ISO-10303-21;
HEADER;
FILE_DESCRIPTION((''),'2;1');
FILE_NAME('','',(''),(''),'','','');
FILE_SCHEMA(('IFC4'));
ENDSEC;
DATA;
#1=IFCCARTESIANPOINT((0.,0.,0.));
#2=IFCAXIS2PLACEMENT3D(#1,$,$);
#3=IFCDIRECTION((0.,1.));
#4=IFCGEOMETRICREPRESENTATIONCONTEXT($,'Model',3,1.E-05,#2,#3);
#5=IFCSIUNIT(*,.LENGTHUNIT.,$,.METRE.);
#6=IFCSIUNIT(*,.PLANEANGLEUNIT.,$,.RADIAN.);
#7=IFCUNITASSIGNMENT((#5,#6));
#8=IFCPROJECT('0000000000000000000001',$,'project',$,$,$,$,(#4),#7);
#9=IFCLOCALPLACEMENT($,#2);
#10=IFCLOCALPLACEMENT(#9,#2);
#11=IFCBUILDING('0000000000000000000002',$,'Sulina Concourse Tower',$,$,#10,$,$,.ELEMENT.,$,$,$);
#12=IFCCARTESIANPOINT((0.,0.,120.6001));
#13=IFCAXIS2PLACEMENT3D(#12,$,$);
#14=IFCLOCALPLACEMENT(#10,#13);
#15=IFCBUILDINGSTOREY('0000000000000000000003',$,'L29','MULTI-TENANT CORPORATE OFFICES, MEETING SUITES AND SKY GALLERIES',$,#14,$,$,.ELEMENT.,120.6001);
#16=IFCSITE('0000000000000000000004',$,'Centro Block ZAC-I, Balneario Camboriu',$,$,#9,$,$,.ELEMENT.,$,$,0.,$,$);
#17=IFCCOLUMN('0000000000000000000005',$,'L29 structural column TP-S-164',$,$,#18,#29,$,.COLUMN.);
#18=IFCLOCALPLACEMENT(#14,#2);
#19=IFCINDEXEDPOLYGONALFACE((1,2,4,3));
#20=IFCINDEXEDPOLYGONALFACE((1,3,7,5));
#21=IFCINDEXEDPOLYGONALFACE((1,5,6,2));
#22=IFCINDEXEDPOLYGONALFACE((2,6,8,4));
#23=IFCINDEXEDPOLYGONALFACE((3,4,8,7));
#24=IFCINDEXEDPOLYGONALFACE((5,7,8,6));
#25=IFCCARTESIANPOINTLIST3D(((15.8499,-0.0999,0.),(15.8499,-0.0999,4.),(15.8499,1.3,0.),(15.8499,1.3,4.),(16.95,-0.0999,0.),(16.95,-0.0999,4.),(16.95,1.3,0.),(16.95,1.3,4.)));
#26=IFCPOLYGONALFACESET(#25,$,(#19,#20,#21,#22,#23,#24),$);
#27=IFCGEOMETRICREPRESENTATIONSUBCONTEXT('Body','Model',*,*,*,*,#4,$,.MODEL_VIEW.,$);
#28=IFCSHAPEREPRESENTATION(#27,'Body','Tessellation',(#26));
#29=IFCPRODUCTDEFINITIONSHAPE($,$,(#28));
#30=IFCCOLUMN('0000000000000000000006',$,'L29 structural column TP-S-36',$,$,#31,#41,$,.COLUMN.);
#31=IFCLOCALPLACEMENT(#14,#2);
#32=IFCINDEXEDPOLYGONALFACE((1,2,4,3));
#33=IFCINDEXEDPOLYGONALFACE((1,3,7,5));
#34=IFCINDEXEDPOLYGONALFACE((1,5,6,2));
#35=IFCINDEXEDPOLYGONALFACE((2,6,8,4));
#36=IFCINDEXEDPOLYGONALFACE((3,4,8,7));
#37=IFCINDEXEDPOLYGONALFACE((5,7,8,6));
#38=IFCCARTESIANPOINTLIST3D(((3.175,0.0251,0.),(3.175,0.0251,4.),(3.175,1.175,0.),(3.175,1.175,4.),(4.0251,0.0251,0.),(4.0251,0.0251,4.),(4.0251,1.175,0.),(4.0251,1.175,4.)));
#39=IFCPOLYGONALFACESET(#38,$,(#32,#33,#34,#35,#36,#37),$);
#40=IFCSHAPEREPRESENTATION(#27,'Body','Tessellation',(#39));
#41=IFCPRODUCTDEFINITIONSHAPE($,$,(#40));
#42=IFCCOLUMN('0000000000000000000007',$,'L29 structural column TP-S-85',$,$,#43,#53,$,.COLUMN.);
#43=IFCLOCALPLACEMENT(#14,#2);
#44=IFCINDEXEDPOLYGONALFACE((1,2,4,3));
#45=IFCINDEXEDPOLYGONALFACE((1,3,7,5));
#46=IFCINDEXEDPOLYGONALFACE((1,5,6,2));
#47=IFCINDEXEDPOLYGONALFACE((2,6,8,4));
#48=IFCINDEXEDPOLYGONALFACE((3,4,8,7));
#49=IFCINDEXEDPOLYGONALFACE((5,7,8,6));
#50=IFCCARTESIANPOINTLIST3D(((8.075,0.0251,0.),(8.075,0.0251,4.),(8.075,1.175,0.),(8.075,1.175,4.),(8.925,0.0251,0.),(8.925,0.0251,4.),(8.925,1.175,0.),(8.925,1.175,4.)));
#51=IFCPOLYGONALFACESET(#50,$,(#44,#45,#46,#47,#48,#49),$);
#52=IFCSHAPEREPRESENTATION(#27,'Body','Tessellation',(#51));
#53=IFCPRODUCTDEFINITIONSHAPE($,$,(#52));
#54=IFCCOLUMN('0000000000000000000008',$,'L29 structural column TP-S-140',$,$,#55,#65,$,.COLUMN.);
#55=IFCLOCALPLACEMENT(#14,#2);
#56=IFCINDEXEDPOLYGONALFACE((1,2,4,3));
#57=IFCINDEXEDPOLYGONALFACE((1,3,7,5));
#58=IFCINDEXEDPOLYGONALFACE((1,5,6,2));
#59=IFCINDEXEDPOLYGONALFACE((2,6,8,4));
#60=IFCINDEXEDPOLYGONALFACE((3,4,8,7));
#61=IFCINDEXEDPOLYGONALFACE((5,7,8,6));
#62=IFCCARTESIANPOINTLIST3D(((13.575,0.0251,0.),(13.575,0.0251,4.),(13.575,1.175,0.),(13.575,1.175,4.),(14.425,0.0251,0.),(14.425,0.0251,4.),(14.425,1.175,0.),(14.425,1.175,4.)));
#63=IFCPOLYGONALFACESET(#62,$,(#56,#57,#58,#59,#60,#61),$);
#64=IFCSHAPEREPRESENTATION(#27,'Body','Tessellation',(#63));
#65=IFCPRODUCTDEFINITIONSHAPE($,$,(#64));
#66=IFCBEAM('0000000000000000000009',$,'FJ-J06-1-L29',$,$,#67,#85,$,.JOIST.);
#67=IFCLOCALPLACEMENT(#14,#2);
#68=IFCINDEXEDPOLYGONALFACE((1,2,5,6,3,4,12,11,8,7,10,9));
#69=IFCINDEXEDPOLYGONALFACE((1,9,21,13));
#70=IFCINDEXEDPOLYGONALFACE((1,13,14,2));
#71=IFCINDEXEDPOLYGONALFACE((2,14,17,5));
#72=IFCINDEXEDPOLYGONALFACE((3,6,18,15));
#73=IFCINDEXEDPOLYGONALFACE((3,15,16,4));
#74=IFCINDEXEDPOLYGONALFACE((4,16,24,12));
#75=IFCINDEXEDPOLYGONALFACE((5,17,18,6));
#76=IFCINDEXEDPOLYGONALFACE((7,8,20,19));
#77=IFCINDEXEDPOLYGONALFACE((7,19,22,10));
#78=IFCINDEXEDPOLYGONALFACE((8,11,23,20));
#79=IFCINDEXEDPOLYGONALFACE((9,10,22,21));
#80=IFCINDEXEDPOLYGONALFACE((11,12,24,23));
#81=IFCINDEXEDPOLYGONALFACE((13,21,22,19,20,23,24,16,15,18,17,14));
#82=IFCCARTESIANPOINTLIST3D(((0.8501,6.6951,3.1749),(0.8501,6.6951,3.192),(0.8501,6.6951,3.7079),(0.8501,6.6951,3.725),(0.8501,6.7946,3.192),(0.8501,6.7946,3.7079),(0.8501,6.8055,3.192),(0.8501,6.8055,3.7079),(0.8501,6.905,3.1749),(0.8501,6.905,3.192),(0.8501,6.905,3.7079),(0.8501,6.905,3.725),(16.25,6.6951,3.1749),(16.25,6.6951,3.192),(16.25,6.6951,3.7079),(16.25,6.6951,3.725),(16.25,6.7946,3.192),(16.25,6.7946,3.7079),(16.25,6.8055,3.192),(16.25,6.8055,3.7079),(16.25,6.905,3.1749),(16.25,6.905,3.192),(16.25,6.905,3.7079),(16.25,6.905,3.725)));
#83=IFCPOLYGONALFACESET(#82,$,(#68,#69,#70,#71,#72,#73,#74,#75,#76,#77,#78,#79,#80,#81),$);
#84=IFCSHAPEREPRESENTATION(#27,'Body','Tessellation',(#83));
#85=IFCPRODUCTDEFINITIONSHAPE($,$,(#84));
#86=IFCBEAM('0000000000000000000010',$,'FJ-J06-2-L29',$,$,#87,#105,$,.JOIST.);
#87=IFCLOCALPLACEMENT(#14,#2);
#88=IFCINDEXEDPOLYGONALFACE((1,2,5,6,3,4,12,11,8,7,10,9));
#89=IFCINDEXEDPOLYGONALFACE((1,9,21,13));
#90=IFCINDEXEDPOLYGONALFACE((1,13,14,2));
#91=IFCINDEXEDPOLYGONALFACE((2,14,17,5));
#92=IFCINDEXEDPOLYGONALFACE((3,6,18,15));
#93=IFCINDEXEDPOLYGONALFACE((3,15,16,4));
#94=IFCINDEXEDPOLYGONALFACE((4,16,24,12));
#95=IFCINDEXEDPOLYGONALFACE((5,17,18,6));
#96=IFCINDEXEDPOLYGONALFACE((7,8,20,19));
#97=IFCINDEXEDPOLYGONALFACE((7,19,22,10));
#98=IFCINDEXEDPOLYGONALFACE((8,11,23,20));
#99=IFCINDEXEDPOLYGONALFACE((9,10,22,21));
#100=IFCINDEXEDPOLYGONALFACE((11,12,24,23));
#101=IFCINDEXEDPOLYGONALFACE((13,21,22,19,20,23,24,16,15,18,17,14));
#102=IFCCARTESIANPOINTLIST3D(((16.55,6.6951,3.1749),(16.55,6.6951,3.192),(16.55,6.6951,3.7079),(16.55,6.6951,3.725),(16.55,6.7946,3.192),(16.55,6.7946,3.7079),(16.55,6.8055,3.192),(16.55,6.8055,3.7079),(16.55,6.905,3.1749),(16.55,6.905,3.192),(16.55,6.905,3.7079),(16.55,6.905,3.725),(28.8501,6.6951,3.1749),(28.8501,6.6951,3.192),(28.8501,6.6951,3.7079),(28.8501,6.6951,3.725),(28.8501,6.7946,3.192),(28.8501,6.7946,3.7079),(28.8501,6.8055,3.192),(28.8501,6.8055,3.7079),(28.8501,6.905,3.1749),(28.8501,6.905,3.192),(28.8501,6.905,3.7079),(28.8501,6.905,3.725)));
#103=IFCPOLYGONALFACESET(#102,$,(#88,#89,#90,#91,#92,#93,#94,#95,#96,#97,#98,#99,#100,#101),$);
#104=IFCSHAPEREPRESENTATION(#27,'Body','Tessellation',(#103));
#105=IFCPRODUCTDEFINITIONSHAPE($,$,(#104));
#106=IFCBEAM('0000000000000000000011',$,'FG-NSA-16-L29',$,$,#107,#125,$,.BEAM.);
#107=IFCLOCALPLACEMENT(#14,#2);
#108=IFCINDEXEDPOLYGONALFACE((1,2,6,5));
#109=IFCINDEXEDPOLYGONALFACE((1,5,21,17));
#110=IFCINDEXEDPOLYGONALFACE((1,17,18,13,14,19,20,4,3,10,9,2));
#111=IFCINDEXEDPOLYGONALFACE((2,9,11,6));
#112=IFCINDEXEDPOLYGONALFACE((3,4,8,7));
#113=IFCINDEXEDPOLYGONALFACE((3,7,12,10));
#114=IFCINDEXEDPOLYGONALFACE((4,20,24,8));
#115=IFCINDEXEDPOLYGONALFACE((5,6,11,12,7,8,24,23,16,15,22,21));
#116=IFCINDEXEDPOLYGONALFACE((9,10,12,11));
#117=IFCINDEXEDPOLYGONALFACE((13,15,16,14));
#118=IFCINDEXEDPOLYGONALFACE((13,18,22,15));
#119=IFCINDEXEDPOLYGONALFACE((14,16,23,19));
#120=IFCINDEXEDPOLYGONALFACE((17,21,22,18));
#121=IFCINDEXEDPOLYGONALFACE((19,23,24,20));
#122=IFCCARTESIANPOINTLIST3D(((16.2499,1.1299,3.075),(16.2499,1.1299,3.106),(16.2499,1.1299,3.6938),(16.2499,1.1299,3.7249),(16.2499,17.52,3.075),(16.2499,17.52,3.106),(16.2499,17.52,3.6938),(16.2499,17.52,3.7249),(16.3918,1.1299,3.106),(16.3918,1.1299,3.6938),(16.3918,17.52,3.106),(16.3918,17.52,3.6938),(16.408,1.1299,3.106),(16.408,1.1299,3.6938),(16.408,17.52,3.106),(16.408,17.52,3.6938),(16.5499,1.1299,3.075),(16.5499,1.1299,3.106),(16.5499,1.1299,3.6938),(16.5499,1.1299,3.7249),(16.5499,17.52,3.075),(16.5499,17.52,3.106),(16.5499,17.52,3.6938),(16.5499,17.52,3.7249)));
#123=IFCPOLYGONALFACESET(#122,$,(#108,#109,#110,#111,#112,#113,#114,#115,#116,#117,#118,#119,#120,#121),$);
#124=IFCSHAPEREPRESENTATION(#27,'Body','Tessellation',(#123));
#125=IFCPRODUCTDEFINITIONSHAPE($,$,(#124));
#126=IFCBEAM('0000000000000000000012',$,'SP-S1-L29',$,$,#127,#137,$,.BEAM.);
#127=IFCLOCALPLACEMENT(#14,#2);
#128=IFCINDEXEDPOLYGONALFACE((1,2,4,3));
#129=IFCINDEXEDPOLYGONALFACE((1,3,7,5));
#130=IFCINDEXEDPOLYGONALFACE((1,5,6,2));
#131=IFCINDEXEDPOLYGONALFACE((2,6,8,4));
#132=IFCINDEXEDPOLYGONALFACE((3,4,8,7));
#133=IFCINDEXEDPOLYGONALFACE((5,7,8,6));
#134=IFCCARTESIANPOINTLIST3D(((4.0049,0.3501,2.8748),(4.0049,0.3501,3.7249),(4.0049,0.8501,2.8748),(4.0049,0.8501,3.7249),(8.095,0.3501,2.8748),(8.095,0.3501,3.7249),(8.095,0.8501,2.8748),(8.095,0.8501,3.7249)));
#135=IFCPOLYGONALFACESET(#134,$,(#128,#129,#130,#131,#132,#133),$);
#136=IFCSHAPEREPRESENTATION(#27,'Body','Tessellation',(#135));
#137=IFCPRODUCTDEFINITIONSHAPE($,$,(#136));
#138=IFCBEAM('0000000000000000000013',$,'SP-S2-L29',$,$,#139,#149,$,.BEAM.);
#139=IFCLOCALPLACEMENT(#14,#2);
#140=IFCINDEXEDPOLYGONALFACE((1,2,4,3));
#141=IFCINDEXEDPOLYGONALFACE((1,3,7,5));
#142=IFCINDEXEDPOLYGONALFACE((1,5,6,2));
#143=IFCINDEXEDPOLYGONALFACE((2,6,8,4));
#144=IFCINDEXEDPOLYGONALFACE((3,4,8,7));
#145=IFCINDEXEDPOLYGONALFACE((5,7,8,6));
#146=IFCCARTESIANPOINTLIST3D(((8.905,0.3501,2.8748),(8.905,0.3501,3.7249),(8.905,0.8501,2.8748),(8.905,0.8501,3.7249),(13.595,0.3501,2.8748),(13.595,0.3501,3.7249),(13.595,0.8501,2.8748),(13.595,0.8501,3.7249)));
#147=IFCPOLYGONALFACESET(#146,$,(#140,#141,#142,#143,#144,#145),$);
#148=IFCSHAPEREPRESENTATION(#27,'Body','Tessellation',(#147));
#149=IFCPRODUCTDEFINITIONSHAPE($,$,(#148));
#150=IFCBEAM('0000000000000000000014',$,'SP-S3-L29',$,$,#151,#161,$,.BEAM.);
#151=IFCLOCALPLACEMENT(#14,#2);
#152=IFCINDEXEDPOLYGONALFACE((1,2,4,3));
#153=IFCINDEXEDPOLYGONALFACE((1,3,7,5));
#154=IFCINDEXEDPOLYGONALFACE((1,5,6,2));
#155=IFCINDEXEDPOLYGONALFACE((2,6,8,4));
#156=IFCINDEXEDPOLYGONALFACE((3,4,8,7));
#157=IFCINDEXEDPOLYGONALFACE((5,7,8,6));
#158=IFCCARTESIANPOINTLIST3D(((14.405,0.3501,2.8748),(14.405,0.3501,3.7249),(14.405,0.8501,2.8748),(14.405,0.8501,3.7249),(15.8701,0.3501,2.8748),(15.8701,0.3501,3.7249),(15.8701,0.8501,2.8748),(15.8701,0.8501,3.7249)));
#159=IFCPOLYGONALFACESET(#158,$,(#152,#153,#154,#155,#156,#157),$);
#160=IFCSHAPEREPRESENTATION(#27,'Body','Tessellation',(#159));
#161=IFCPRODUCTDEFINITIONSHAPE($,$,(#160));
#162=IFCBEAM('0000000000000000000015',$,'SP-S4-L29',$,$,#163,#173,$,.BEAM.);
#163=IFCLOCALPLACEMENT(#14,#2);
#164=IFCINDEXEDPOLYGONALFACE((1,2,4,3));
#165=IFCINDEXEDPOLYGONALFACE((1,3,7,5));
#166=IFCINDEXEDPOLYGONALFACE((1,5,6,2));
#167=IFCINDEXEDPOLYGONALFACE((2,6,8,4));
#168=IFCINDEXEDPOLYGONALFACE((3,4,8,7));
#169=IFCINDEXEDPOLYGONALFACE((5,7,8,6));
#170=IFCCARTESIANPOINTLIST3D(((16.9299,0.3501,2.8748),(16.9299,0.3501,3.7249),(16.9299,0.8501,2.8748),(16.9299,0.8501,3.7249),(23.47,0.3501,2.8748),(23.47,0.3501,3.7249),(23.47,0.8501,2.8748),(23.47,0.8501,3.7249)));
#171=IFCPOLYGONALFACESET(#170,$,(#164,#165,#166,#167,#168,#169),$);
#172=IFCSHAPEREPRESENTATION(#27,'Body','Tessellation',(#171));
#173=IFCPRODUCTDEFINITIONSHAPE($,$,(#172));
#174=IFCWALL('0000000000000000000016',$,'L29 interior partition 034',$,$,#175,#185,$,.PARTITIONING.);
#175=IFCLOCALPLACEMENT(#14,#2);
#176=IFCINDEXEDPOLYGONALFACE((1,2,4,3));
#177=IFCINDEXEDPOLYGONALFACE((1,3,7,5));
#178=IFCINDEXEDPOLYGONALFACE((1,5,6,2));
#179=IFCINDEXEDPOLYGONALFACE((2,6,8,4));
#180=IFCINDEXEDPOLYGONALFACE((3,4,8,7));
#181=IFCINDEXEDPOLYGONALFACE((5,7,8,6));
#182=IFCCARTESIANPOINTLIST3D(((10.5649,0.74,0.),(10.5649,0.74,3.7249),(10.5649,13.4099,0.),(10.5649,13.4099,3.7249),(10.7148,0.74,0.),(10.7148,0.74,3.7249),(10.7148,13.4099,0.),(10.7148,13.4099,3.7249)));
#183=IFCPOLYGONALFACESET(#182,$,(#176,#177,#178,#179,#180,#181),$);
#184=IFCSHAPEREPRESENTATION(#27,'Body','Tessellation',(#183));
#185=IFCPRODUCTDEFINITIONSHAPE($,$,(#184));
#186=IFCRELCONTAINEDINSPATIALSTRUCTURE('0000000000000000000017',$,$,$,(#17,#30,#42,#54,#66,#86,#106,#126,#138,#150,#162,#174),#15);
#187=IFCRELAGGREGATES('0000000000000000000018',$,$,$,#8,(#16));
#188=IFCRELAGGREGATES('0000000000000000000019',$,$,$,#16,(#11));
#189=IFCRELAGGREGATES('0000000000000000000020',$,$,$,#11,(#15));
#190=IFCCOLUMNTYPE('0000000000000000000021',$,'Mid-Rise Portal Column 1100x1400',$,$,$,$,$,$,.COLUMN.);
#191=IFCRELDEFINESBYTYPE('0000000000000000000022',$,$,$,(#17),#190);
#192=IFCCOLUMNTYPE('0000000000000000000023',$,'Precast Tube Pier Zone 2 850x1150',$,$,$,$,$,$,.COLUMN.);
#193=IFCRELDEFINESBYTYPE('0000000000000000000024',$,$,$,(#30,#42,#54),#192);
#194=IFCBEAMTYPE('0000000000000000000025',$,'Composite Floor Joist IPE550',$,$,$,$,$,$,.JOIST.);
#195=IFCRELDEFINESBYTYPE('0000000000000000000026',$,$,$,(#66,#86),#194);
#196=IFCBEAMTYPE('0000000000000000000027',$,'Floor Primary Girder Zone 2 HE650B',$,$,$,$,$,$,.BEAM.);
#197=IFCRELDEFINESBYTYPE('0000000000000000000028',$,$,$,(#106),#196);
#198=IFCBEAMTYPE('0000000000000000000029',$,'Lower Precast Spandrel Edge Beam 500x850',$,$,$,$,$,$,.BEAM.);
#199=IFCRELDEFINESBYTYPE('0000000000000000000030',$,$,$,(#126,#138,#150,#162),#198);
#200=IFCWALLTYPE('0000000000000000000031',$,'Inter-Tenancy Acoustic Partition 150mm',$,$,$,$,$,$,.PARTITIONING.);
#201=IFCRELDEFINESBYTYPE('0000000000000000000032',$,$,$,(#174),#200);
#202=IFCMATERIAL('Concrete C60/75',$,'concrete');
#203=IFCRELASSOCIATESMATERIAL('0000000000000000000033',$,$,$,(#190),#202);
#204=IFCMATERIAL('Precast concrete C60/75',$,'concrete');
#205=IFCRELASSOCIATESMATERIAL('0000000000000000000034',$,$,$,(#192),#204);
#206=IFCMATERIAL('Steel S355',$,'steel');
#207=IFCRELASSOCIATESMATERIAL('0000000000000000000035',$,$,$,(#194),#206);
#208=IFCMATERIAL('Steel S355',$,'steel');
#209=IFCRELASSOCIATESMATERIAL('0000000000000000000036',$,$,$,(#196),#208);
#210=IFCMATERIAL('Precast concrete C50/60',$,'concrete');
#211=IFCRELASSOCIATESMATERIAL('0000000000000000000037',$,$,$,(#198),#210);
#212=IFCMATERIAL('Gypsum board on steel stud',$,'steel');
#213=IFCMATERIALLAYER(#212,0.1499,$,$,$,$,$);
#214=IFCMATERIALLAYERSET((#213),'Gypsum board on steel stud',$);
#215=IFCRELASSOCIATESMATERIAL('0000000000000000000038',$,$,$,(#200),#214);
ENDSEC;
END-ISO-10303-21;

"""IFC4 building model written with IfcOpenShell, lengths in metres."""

from ifc_helpers import new_model, si_unit, direction, frame, frame_2d, origin, origin_2d, place, context, subcontext, project, spatial, rectangle, i_section, extrude, material, layer, layer_set, material_profile, profile_set, type_object, element, save


model = new_model("IFC4")

# Units and contexts
model_context = context("Model", 3, precision=1e-05, world=origin(), true_north=direction((0.0, 1.0)))
body_context = subcontext(model_context, "Body", "Model", "MODEL_VIEW")
ifc_project = project(units=[si_unit("LENGTHUNIT", "METRE"), si_unit("PLANEANGLEUNIT", "RADIAN")], contexts=[model_context])

# Site, building, storey
site_placement = place(None, origin())
site = spatial("IfcSite", under=ifc_project, at=site_placement, Name="Centro Block ZAC-I, Balneario Camboriu", CompositionType="ELEMENT", RefElevation=0.0)
building_placement = place(site_placement, origin())
building = spatial("IfcBuilding", under=site, at=building_placement, Name="Sulina Concourse Tower", CompositionType="ELEMENT")
storey_placement = place(building_placement, frame((0.0, 0.0, 120.6001)))
storey = spatial("IfcBuildingStorey", under=building, at=storey_placement, Name="L29", Description="MULTI-TENANT CORPORATE OFFICES, MEETING SUITES AND SKY GALLERIES", CompositionType="ELEMENT", Elevation=120.6001)

# Columns
ifc_material_1 = material(Name="Concrete C60/75", Category="concrete")
ifc_material_profile_1 = material_profile(ifc_material_1, rectangle(XDim=1.1001, YDim=1.3999, at=origin_2d()), Name="RC 1100x1400")
ifc_profile_set_1 = profile_set([ifc_material_profile_1], Name="Concrete C60/75")
column_type_1 = type_object("IfcColumnType", Name="Mid-Rise Portal Column 1100x1400", PredefinedType="COLUMN", material=ifc_profile_set_1)
column_placement = place(storey_placement, frame((16.3999, 0.6001, 0.0), z_axis=(0.0, 0.0, 1.0), x_axis=(1.0, 0.0, 0.0)))
element("IfcColumn", 1, at=column_placement, inside=storey, type_object=column_type_1, Name="L29 structural column TP-S-164", PredefinedType="COLUMN", context=body_context, shape_type="SweptSolid", body=[
    extrude(rectangle(XDim=1.1001, YDim=1.3999, at=origin_2d()), origin(), (0.0, 0.0, 1.0), 4.0),
])
ifc_material_2 = material(Name="Precast concrete C60/75", Category="concrete")
ifc_material_profile_2 = material_profile(ifc_material_2, rectangle(XDim=0.8501, YDim=1.1499, at=origin_2d()), Name="PC 850x1150")
ifc_profile_set_2 = profile_set([ifc_material_profile_2], Name="Precast concrete C60/75")
column_type_2 = type_object("IfcColumnType", Name="Precast Tube Pier Zone 2 850x1150", PredefinedType="COLUMN", material=ifc_profile_set_2)
for number, where, z_axis, x_axis, name in (
    (2, (3.6001, 0.6001, 0.0), (0.0, 0.0, 1.0), (1.0, 0.0, 0.0), "L29 structural column TP-S-36"),
    (3, (8.5, 0.6001, 0.0), (0.0, 0.0, 1.0), (1.0, 0.0, 0.0), "L29 structural column TP-S-85"),
    (4, (14.0, 0.6001, 0.0), (0.0, 0.0, 1.0), (1.0, 0.0, 0.0), "L29 structural column TP-S-140"),
):
    element("IfcColumn", number, at=place(storey_placement, frame(where, z_axis=z_axis, x_axis=x_axis)), inside=storey, type_object=column_type_2, Name=name, PredefinedType="COLUMN", context=body_context, shape_type="SweptSolid", body=[
        extrude(rectangle(XDim=0.8501, YDim=1.1499, at=origin_2d()), origin(), (0.0, 0.0, 1.0), 4.0),
    ])

# Beams
ifc_material_3 = material(Name="Steel S355", Category="steel")
ifc_material_profile_3 = material_profile(ifc_material_3, i_section(OverallWidth=0.21, OverallDepth=0.55, WebThickness=0.011, FlangeThickness=0.0171, at=origin_2d()), Name="IPE 550")
ifc_profile_set_3 = profile_set([ifc_material_profile_3], Name="Steel S355")
beam_type_1 = type_object("IfcBeamType", Name="Composite Floor Joist IPE550", PredefinedType="JOIST", material=ifc_profile_set_3)
beam_1_placement = place(storey_placement, frame((0.8501, 6.8, 3.45), z_axis=(1.0, 0.0, 0.0), x_axis=(0.0, 1.0, 0.0)))
element("IfcBeam", 5, at=beam_1_placement, inside=storey, type_object=beam_type_1, Name="FJ-J06-1-L29", PredefinedType="JOIST", context=body_context, shape_type="SweptSolid", body=[
    extrude(i_section(OverallWidth=0.21, OverallDepth=0.55, WebThickness=0.011, FlangeThickness=0.0171, at=origin_2d()), origin(), (0.0, 0.0, 1.0), 15.3999),
])
beam_2_placement = place(storey_placement, frame((16.55, 6.8, 3.45), z_axis=(1.0, 0.0, 0.0), x_axis=(0.0, 1.0, 0.0)))
element("IfcBeam", 6, at=beam_2_placement, inside=storey, type_object=beam_type_1, Name="FJ-J06-2-L29", PredefinedType="JOIST", context=body_context, shape_type="SweptSolid", body=[
    extrude(i_section(OverallWidth=0.21, OverallDepth=0.55, WebThickness=0.011, FlangeThickness=0.0171, at=origin_2d()), origin(), (0.0, 0.0, 1.0), 12.3),
])
ifc_material_4 = material(Name="Steel S355", Category="steel")
ifc_material_profile_4 = material_profile(ifc_material_4, i_section(OverallWidth=0.3, OverallDepth=0.6499, WebThickness=0.0161, FlangeThickness=0.031, at=origin_2d()), Name="HE 650 B")
ifc_profile_set_4 = profile_set([ifc_material_profile_4], Name="Steel S355")
beam_type_2 = type_object("IfcBeamType", Name="Floor Primary Girder Zone 2 HE650B", PredefinedType="BEAM", material=ifc_profile_set_4)
beam_3_placement = place(storey_placement, frame((16.3999, 1.1299, 3.3999), z_axis=(0.0, 1.0, 0.0), x_axis=(-1.0, 0.0, 0.0)))
element("IfcBeam", 7, at=beam_3_placement, inside=storey, type_object=beam_type_2, Name="FG-NSA-16-L29", PredefinedType="BEAM", context=body_context, shape_type="SweptSolid", body=[
    extrude(i_section(OverallWidth=0.3, OverallDepth=0.6499, WebThickness=0.0161, FlangeThickness=0.031, at=origin_2d()), origin(), (0.0, 0.0, 1.0), 16.3901),
])
ifc_material_5 = material(Name="Precast concrete C50/60", Category="concrete")
ifc_material_profile_5 = material_profile(ifc_material_5, rectangle(XDim=0.5, YDim=0.8501, at=origin_2d()), Name="RC 500x850")
ifc_profile_set_5 = profile_set([ifc_material_profile_5], Name="Precast concrete C50/60")
beam_type_3 = type_object("IfcBeamType", Name="Lower Precast Spandrel Edge Beam 500x850", PredefinedType="BEAM", material=ifc_profile_set_5)
beam_4_placement = place(storey_placement, frame((4.0049, 0.6001, 3.2998), z_axis=(1.0, 0.0, 0.0), x_axis=(0.0, 1.0, 0.0)))
element("IfcBeam", 8, at=beam_4_placement, inside=storey, type_object=beam_type_3, Name="SP-S1-L29", PredefinedType="BEAM", context=body_context, shape_type="SweptSolid", body=[
    extrude(rectangle(XDim=0.5, YDim=0.8501, at=origin_2d()), origin(), (0.0, 0.0, 1.0), 4.0901),
])
beam_5_placement = place(storey_placement, frame((8.905, 0.6001, 3.2998), z_axis=(1.0, 0.0, 0.0), x_axis=(0.0, 1.0, 0.0)))
element("IfcBeam", 9, at=beam_5_placement, inside=storey, type_object=beam_type_3, Name="SP-S2-L29", PredefinedType="BEAM", context=body_context, shape_type="SweptSolid", body=[
    extrude(rectangle(XDim=0.5, YDim=0.8501, at=origin_2d()), origin(), (0.0, 0.0, 1.0), 4.6899),
])
beam_6_placement = place(storey_placement, frame((14.405, 0.6001, 3.2998), z_axis=(1.0, 0.0, 0.0), x_axis=(0.0, 1.0, 0.0)))
element("IfcBeam", 10, at=beam_6_placement, inside=storey, type_object=beam_type_3, Name="SP-S3-L29", PredefinedType="BEAM", context=body_context, shape_type="SweptSolid", body=[
    extrude(rectangle(XDim=0.5, YDim=0.8501, at=origin_2d()), origin(), (0.0, 0.0, 1.0), 1.4651),
])
beam_7_placement = place(storey_placement, frame((16.9299, 0.6001, 3.2998), z_axis=(1.0, 0.0, 0.0), x_axis=(0.0, 1.0, 0.0)))
element("IfcBeam", 11, at=beam_7_placement, inside=storey, type_object=beam_type_3, Name="SP-S4-L29", PredefinedType="BEAM", context=body_context, shape_type="SweptSolid", body=[
    extrude(rectangle(XDim=0.5, YDim=0.8501, at=origin_2d()), origin(), (0.0, 0.0, 1.0), 6.54),
])

# Wall
ifc_material_6 = material(Name="Gypsum board on steel stud", Category="steel")
ifc_layer_1 = layer(ifc_material_6, 0.1499)
ifc_layer_set_1 = layer_set([ifc_layer_1], Name="Gypsum board on steel stud")
wall_type_1 = type_object("IfcWallType", Name="Inter-Tenancy Acoustic Partition 150mm", PredefinedType="PARTITIONING", material=ifc_layer_set_1)
for number, where, z_axis, x_axis, name in (
    (12, (10.6399, 0.74, 0.0), (0.0, 0.0, 1.0), (0.0, 1.0, 0.0), "L29 interior partition 034"),
):
    element("IfcWall", number, at=place(storey_placement, frame(where, z_axis=z_axis, x_axis=x_axis)), inside=storey, type_object=wall_type_1, Name=name, PredefinedType="PARTITIONING", context=body_context, shape_type="SweptSolid", body=[
        extrude(rectangle(XDim=12.6699, YDim=0.1499, at=frame_2d((6.335, 0.0))), origin(), (0.0, 0.0, 1.0), 3.7249),
    ])

save(model, "model.ifc")
